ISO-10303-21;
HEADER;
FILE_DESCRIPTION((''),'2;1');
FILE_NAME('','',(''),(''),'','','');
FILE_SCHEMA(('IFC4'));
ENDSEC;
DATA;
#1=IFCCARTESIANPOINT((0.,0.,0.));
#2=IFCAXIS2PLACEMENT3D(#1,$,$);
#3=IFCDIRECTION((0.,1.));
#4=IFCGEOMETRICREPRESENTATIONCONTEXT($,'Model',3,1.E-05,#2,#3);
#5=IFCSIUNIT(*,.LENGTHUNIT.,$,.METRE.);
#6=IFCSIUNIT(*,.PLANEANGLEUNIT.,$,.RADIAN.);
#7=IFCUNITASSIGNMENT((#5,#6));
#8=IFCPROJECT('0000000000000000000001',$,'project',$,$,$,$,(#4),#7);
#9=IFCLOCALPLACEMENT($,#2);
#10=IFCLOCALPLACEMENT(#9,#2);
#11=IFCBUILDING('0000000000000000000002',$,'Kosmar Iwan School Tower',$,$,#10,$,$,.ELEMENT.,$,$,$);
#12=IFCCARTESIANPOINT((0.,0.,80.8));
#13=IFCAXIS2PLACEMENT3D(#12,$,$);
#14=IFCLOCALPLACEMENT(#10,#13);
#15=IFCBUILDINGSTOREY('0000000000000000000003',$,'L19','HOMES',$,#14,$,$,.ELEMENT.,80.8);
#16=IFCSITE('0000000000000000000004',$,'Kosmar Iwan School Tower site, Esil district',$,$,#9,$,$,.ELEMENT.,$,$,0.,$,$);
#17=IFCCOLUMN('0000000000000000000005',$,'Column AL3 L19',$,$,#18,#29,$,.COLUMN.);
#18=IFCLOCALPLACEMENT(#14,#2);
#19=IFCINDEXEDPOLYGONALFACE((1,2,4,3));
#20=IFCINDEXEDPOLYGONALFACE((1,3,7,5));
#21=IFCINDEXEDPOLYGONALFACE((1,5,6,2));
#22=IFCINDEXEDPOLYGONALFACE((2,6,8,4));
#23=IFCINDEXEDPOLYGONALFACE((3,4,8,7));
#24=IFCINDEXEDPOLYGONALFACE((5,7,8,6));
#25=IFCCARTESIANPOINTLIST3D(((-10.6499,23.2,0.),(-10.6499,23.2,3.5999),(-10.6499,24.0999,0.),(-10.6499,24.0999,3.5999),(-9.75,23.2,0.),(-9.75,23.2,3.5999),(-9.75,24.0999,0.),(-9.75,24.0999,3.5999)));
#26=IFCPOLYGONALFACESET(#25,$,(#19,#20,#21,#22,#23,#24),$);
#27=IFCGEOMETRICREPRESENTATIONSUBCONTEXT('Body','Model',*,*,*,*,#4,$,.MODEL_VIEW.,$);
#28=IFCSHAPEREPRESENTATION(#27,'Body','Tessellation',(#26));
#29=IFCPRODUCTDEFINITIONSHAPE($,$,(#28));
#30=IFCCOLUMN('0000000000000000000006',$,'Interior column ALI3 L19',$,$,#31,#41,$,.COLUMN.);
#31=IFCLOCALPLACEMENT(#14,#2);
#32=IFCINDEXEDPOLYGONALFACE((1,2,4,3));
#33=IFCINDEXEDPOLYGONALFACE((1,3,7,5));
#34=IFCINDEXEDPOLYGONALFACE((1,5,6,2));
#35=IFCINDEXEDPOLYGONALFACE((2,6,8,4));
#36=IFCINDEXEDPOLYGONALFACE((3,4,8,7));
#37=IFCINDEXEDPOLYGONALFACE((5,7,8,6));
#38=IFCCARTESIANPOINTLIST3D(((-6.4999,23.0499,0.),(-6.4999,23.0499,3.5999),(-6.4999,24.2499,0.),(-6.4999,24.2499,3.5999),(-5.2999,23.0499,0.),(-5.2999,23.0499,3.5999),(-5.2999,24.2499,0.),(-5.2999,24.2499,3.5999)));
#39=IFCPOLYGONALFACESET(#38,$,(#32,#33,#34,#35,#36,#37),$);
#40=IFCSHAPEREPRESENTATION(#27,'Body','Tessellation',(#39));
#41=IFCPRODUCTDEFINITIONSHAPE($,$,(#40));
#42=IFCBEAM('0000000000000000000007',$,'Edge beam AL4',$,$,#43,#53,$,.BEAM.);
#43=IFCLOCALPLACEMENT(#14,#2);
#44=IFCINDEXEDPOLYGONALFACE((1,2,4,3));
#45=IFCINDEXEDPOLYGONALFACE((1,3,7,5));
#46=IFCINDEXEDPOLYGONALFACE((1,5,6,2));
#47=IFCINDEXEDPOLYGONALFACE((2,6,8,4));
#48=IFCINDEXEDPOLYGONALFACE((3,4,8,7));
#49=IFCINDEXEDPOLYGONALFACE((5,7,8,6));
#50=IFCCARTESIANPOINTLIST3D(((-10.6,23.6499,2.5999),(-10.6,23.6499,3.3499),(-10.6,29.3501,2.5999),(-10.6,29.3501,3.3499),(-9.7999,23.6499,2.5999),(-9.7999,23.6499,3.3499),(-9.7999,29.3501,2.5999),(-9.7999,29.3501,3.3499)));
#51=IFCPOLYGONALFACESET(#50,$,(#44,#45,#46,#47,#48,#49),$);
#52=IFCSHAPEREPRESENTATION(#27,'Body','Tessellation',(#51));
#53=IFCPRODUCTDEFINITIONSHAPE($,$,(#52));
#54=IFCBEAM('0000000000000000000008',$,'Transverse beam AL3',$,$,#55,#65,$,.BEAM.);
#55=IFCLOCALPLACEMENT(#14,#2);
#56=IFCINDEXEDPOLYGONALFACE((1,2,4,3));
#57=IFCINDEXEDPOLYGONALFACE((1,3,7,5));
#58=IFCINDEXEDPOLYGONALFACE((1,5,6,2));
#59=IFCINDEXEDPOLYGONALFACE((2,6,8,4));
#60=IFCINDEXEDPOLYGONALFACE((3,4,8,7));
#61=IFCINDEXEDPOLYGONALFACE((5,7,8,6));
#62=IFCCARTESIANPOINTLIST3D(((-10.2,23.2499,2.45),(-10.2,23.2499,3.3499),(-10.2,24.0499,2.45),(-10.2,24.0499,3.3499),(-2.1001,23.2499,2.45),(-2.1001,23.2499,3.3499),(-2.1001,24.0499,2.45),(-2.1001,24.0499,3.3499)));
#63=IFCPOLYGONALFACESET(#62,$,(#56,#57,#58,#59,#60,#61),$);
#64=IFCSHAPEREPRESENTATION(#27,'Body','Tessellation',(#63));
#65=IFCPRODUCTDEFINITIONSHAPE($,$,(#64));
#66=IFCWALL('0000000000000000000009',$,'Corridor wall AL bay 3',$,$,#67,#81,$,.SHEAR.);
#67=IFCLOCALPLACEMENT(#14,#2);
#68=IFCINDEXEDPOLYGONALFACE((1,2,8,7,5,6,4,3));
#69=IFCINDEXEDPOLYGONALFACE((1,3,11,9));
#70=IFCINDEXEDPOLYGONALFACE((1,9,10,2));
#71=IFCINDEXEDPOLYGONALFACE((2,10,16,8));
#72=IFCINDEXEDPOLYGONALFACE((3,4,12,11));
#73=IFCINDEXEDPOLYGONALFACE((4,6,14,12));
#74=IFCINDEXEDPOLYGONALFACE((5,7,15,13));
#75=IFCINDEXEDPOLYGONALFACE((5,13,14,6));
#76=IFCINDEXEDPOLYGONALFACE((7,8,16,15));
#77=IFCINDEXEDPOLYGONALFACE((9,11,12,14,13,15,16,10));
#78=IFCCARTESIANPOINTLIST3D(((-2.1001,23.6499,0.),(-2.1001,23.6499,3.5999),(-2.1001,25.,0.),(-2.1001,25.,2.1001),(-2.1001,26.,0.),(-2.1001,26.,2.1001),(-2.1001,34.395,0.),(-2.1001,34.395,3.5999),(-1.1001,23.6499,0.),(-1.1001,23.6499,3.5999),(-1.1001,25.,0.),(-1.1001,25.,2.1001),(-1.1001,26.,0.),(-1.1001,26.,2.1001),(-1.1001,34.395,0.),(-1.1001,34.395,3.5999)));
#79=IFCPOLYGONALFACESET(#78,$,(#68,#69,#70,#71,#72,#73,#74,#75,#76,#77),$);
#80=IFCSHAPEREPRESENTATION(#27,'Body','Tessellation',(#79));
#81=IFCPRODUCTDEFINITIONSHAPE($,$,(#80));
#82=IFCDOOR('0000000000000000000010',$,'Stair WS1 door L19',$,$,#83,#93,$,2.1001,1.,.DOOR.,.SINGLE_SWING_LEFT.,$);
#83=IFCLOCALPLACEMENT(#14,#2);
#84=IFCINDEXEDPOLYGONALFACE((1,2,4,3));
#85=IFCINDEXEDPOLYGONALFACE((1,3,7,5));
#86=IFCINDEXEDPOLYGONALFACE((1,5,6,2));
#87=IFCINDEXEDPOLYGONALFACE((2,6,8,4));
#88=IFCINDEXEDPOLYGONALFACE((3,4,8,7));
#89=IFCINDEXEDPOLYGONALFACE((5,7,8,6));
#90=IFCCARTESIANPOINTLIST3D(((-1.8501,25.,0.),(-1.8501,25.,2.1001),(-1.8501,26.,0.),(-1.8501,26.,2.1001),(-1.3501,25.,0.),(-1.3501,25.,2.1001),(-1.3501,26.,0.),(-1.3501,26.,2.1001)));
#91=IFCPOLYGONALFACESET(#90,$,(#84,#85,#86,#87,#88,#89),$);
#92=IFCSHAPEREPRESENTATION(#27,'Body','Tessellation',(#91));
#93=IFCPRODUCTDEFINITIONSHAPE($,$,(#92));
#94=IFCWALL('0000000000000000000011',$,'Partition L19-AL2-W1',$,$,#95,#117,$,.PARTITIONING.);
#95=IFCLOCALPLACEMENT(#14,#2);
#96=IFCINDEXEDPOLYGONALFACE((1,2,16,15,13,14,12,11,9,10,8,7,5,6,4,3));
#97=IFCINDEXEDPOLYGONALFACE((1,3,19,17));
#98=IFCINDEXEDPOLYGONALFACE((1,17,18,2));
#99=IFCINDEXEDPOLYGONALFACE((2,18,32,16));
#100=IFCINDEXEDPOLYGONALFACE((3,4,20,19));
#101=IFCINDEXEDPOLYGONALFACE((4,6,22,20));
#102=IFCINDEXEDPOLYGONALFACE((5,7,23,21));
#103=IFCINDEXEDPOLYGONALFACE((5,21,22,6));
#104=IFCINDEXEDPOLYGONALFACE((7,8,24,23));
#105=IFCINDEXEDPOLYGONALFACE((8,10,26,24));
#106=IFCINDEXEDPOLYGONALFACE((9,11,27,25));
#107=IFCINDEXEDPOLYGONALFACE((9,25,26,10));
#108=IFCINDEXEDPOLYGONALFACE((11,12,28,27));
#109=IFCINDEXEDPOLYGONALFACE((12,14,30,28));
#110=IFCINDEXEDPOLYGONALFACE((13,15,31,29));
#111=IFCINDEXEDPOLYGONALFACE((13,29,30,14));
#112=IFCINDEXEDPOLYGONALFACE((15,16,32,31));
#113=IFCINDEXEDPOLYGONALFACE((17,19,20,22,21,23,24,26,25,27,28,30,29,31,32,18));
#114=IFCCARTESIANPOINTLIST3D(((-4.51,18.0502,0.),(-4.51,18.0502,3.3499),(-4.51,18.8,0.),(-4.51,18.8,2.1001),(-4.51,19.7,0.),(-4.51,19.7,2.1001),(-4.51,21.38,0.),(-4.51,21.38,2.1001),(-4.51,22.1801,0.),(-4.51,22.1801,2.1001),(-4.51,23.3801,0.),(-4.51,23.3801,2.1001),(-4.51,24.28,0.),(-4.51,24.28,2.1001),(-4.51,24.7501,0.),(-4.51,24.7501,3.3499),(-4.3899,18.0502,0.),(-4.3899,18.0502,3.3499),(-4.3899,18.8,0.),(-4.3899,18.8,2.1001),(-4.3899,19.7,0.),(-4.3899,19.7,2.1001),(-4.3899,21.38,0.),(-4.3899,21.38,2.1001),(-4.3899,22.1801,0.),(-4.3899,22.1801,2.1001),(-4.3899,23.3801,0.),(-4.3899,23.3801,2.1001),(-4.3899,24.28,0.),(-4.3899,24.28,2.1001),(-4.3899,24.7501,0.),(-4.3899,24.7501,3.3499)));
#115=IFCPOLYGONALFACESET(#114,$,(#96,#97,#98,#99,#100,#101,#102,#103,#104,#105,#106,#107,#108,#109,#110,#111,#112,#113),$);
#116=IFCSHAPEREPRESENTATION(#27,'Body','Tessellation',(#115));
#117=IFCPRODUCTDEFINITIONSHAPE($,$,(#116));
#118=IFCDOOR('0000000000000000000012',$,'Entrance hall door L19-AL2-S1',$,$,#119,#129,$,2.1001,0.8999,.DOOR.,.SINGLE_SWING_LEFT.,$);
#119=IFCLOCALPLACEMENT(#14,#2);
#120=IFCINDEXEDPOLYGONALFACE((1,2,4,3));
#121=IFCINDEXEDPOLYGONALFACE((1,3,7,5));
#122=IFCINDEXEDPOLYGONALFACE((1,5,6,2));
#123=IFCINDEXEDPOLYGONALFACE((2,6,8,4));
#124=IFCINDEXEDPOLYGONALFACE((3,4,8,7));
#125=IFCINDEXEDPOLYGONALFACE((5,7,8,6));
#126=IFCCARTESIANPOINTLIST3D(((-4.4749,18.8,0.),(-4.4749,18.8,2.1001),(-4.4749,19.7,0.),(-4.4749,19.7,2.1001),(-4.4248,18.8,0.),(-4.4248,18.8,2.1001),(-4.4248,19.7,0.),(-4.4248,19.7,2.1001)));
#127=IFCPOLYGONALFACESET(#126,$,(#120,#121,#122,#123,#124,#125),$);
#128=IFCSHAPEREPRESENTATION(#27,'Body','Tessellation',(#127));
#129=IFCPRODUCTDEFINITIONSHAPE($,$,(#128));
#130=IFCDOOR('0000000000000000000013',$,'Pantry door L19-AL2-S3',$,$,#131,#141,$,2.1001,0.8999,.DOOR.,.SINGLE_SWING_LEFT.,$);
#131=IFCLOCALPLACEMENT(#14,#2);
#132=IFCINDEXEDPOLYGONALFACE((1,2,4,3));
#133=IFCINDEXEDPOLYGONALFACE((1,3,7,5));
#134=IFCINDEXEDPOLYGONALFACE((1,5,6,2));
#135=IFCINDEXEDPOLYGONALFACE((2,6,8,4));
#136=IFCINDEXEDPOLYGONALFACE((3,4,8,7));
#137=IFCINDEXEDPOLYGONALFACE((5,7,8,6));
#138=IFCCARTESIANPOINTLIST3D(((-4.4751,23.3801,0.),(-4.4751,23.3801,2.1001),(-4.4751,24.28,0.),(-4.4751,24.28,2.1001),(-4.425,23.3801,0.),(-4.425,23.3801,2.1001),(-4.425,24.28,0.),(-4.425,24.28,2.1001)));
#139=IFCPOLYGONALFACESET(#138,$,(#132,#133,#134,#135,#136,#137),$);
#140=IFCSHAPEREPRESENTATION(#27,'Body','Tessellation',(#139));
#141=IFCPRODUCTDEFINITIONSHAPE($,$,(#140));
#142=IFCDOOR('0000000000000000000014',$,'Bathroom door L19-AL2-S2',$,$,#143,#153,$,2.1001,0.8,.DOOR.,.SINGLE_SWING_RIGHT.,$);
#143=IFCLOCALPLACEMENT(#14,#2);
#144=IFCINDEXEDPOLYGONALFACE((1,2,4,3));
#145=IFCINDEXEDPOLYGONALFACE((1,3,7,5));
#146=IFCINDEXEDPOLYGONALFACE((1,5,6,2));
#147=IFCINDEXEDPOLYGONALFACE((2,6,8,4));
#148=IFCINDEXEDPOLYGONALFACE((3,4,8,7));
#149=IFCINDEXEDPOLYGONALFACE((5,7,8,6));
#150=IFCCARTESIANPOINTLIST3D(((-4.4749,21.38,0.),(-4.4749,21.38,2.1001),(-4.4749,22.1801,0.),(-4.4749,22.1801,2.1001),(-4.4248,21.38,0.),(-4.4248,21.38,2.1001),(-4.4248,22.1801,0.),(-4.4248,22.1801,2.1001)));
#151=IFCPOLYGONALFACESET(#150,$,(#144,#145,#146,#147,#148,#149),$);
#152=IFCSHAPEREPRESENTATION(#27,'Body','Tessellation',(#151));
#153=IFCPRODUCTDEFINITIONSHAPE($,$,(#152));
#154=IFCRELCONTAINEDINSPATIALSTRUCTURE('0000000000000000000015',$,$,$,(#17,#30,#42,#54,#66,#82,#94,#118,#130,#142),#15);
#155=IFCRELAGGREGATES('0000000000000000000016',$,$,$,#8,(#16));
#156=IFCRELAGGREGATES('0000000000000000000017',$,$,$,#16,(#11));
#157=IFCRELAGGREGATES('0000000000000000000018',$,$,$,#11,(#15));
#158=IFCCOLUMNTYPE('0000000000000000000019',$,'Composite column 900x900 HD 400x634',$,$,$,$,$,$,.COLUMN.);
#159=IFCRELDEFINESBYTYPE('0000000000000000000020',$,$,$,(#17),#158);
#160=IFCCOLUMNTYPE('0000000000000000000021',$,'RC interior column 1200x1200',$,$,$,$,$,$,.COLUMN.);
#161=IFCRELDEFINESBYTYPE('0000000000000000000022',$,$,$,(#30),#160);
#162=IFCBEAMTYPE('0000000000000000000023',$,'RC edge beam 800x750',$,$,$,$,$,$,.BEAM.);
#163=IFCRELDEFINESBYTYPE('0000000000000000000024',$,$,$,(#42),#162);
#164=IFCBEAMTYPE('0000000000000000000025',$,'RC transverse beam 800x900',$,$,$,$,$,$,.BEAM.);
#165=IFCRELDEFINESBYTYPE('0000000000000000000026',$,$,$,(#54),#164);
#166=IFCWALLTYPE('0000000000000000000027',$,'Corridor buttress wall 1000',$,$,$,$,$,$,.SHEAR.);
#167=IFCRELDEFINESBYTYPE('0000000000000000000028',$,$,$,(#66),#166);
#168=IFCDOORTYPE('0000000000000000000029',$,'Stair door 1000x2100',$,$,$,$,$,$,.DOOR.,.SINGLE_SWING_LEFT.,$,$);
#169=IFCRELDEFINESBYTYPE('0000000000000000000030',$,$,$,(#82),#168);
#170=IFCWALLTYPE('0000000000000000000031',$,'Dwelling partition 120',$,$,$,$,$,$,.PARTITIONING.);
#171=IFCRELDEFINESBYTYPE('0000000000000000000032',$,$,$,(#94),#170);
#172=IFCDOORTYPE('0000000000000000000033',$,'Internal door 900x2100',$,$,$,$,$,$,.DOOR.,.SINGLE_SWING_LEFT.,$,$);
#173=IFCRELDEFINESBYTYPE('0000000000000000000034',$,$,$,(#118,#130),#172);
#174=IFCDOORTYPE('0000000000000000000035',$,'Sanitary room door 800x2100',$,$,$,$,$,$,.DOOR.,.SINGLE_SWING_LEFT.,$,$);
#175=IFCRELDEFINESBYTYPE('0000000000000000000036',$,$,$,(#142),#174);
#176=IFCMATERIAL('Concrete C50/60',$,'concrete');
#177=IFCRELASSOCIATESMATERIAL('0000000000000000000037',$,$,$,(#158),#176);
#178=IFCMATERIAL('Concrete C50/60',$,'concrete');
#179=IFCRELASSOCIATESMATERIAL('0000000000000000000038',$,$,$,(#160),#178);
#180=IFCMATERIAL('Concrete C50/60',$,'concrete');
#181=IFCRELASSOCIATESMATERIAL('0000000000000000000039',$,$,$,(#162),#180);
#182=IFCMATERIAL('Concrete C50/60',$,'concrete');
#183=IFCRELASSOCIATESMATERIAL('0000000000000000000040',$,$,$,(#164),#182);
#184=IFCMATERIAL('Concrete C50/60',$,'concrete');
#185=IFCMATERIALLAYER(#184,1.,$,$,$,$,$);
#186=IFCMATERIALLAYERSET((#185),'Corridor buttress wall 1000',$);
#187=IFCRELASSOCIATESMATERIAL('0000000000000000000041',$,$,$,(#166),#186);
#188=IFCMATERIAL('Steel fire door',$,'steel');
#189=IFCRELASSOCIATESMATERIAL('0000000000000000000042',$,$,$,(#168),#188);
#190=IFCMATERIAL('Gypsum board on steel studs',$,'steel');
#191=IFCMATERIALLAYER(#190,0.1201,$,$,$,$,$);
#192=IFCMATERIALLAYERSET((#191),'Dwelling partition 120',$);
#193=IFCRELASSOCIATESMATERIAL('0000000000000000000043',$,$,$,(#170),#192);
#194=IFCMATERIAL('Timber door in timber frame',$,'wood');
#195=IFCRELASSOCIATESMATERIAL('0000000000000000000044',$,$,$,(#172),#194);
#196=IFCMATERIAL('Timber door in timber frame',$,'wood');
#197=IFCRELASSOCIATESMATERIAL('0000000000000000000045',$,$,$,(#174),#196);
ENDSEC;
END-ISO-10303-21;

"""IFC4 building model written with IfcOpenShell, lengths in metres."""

from ifc_helpers import new_model, si_unit, direction, frame, frame_2d, origin, origin_2d, place, context, subcontext, project, spatial, rectangle, extrude, material, layer, layer_set, material_profile, profile_set, type_object, element, fill, save


model = new_model("IFC4")

# Units and contexts
model_context = context("Model", 3, precision=1e-05, world=origin(), true_north=direction((0.0, 1.0)))
body_context = subcontext(model_context, "Body", "Model", "MODEL_VIEW")
ifc_project = project(units=[si_unit("LENGTHUNIT", "METRE"), si_unit("PLANEANGLEUNIT", "RADIAN")], contexts=[model_context])

# Site, building, storey
site_placement = place(None, origin())
site = spatial("IfcSite", under=ifc_project, at=site_placement, Name="Kosmar Iwan School Tower site, Esil district", CompositionType="ELEMENT", RefElevation=0.0)
building_placement = place(site_placement, origin())
building = spatial("IfcBuilding", under=site, at=building_placement, Name="Kosmar Iwan School Tower", CompositionType="ELEMENT")
storey_placement = place(building_placement, frame((0.0, 0.0, 80.8)))
storey = spatial("IfcBuildingStorey", under=building, at=storey_placement, Name="L19", Description="HOMES", CompositionType="ELEMENT", Elevation=80.8)

# Columns
ifc_material_1 = material(Name="Concrete C50/60", Category="concrete")
ifc_material_profile_1 = material_profile(ifc_material_1, rectangle(XDim=0.8999, YDim=0.8999, at=origin_2d()), Name="RC 900x900 + HD 400x634")
ifc_profile_set_1 = profile_set([ifc_material_profile_1], Name="Concrete C50/60")
column_type_1 = type_object("IfcColumnType", Name="Composite column 900x900 HD 400x634", PredefinedType="COLUMN", material=ifc_profile_set_1)
column_1_placement = place(storey_placement, frame((-10.2, 23.6499, 0.0), z_axis=(0.0, 0.0, 1.0), x_axis=(0.0, 1.0, 0.0)))
element("IfcColumn", 1, at=column_1_placement, inside=storey, type_object=column_type_1, Name="Column AL3 L19", PredefinedType="COLUMN", context=body_context, shape_type="SweptSolid", body=[
    extrude(rectangle(XDim=0.8999, YDim=0.8999, at=origin_2d()), origin(), (0.0, 0.0, 1.0), 3.5999),
])
ifc_material_2 = material(Name="Concrete C50/60", Category="concrete")
ifc_material_profile_2 = material_profile(ifc_material_2, rectangle(XDim=1.2, YDim=1.2, at=origin_2d()), Name="RC 1200x1200")
ifc_profile_set_2 = profile_set([ifc_material_profile_2], Name="Concrete C50/60")
column_type_2 = type_object("IfcColumnType", Name="RC interior column 1200x1200", PredefinedType="COLUMN", material=ifc_profile_set_2)
column_2_placement = place(storey_placement, frame((-5.8999, 23.6499, 0.0), z_axis=(0.0, 0.0, 1.0), x_axis=(0.0, 1.0, 0.0)))
element("IfcColumn", 2, at=column_2_placement, inside=storey, type_object=column_type_2, Name="Interior column ALI3 L19", PredefinedType="COLUMN", context=body_context, shape_type="SweptSolid", body=[
    extrude(rectangle(XDim=1.2, YDim=1.2, at=origin_2d()), origin(), (0.0, 0.0, 1.0), 3.5999),
])

# Beams
ifc_material_3 = material(Name="Concrete C50/60", Category="concrete")
ifc_material_profile_3 = material_profile(ifc_material_3, rectangle(XDim=0.8, YDim=0.75, at=origin_2d()), Name="RC 800x750")
ifc_profile_set_3 = profile_set([ifc_material_profile_3], Name="Concrete C50/60")
beam_type_1 = type_object("IfcBeamType", Name="RC edge beam 800x750", PredefinedType="BEAM", material=ifc_profile_set_3)
beam_1_placement = place(storey_placement, frame((-10.2, 23.6499, 2.9749), z_axis=(0.0, 1.0, 0.0), x_axis=(-1.0, 0.0, 0.0)))
element("IfcBeam", 3, at=beam_1_placement, inside=storey, type_object=beam_type_1, Name="Edge beam AL4", PredefinedType="BEAM", context=body_context, shape_type="SweptSolid", body=[
    extrude(rectangle(XDim=0.8, YDim=0.75, at=origin_2d()), origin(), (0.0, 0.0, 1.0), 5.7002),
])
ifc_material_4 = material(Name="Concrete C50/60", Category="concrete")
ifc_material_profile_4 = material_profile(ifc_material_4, rectangle(XDim=0.8, YDim=0.8999, at=origin_2d()), Name="RC 800x900")
ifc_profile_set_4 = profile_set([ifc_material_profile_4], Name="Concrete C50/60")
beam_type_2 = type_object("IfcBeamType", Name="RC transverse beam 800x900", PredefinedType="BEAM", material=ifc_profile_set_4)
beam_2_placement = place(storey_placement, frame((-10.2, 23.6499, 2.8999), z_axis=(1.0, 0.0, 0.0), x_axis=(0.0, 1.0, 0.0)))
element("IfcBeam", 4, at=beam_2_placement, inside=storey, type_object=beam_type_2, Name="Transverse beam AL3", PredefinedType="BEAM", context=body_context, shape_type="SweptSolid", body=[
    extrude(rectangle(XDim=0.8, YDim=0.8999, at=origin_2d()), origin(), (0.0, 0.0, 1.0), 8.0999),
])

# Wall, opening, door
ifc_material_5 = material(Name="Concrete C50/60", Category="concrete")
ifc_layer_1 = layer(ifc_material_5, 1.0)
ifc_layer_set_1 = layer_set([ifc_layer_1], Name="Corridor buttress wall 1000")
wall_type_1 = type_object("IfcWallType", Name="Corridor buttress wall 1000", PredefinedType="SHEAR", material=ifc_layer_set_1)
wall_1_placement = place(storey_placement, frame((-1.6001, 23.6499, 0.0), z_axis=(0.0, 0.0, 1.0), x_axis=(0.0, 1.0, 0.0)))
wall_1 = element("IfcWall", 5, at=wall_1_placement, inside=storey, type_object=wall_type_1, Name="Corridor wall AL bay 3", PredefinedType="SHEAR", context=body_context, shape_type="SweptSolid", body=[
    extrude(rectangle(XDim=10.7451, YDim=1.0, at=frame_2d((5.3726, 0.0))), origin(), (0.0, 0.0, 1.0), 3.5999),
])
opening_1_placement = place(wall_1_placement, frame((1.3501, 0.0, 0.0)))
opening_1 = element("IfcOpeningElement", 6, at=opening_1_placement, cuts=wall_1, PredefinedType="OPENING", context=body_context, shape_type="SweptSolid", body=[
    extrude(rectangle(XDim=1.0, YDim=2.1001, at=frame_2d((0.5, 1.05))), frame((0.0, 0.512, 0.0), z_axis=(0.0, -1.0, 0.0), x_axis=(1.0, 0.0, 0.0)), (0.0, 0.0, 1.0), 1.0239),
])
ifc_material_6 = material(Name="Steel fire door", Category="steel")
door_type_1 = type_object("IfcDoorType", Name="Stair door 1000x2100", OperationType="SINGLE_SWING_LEFT", PredefinedType="DOOR", material=ifc_material_6)
door_1_placement = place(opening_1_placement, origin())
door_1 = element("IfcDoor", 7, at=door_1_placement, inside=storey, type_object=door_type_1, Name="Stair WS1 door L19", OperationType="SINGLE_SWING_LEFT", OverallHeight=2.1001, OverallWidth=1.0, PredefinedType="DOOR", context=body_context, shape_type="SweptSolid", body=[
    extrude(rectangle(XDim=1.0, YDim=2.1001, at=frame_2d((0.5, 1.05))), frame((0.0, 0.25, 0.0), z_axis=(0.0, -1.0, 0.0), x_axis=(1.0, 0.0, 0.0)), (0.0, 0.0, 1.0), 0.5),
])
fill(opening_1, door_1)

# Wall, openings, doors
ifc_material_7 = material(Name="Gypsum board on steel studs", Category="steel")
ifc_layer_2 = layer(ifc_material_7, 0.1201)
ifc_layer_set_2 = layer_set([ifc_layer_2], Name="Dwelling partition 120")
wall_type_2 = type_object("IfcWallType", Name="Dwelling partition 120", PredefinedType="PARTITIONING", material=ifc_layer_set_2)
wall_2_placement = place(storey_placement, frame((-4.45, 18.05, 0.0), z_axis=(0.0, 0.0, 1.0), x_axis=(0.0, 1.0, 0.0)))
wall_2 = element("IfcWall", 8, at=wall_2_placement, inside=storey, type_object=wall_type_2, Name="Partition L19-AL2-W1", PredefinedType="PARTITIONING", context=body_context, shape_type="SweptSolid", body=[
    extrude(rectangle(XDim=6.7, YDim=0.1201, at=frame_2d((3.3501, 0.0))), origin(), (0.0, 0.0, 1.0), 3.3499),
])
opening_2_placement = place(wall_2_placement, frame((0.75, 0.0, 0.0)))
opening_2 = element("IfcOpeningElement", 9, at=opening_2_placement, cuts=wall_2, PredefinedType="OPENING", context=body_context, shape_type="SweptSolid", body=[
    extrude(rectangle(XDim=0.8999, YDim=2.1001, at=frame_2d((0.45, 1.05))), frame((0.0, 0.072, 0.0), z_axis=(0.0, -1.0, 0.0), x_axis=(1.0, 0.0, 0.0)), (0.0, 0.0, 1.0), 0.144),
])
opening_3_placement = place(wall_2_placement, frame((3.3301, 0.0, 0.0)))
opening_3 = element("IfcOpeningElement", 10, at=opening_3_placement, cuts=wall_2, PredefinedType="OPENING", context=body_context, shape_type="SweptSolid", body=[
    extrude(rectangle(XDim=0.8, YDim=2.1001, at=frame_2d((0.3999, 1.05))), frame((0.0, 0.072, 0.0), z_axis=(0.0, -1.0, 0.0), x_axis=(1.0, 0.0, 0.0)), (0.0, 0.0, 1.0), 0.144),
])
opening_4_placement = place(wall_2_placement, frame((5.3301, 0.0, 0.0)))
opening_4 = element("IfcOpeningElement", 11, at=opening_4_placement, cuts=wall_2, PredefinedType="OPENING", context=body_context, shape_type="SweptSolid", body=[
    extrude(rectangle(XDim=0.8999, YDim=2.1001, at=frame_2d((0.45, 1.05))), frame((0.0, 0.072, 0.0), z_axis=(0.0, -1.0, 0.0), x_axis=(1.0, 0.0, 0.0)), (0.0, 0.0, 1.0), 0.144),
])
ifc_material_8 = material(Name="Timber door in timber frame", Category="wood")
door_type_2 = type_object("IfcDoorType", Name="Internal door 900x2100", OperationType="SINGLE_SWING_LEFT", PredefinedType="DOOR", material=ifc_material_8)
door_2_placement = place(opening_2_placement, origin())
door_2 = element("IfcDoor", 12, at=door_2_placement, inside=storey, type_object=door_type_2, Name="Entrance hall door L19-AL2-S1", OperationType="SINGLE_SWING_LEFT", OverallHeight=2.1001, OverallWidth=0.8999, PredefinedType="DOOR", context=body_context, shape_type="SweptSolid", body=[
    extrude(rectangle(XDim=0.8999, YDim=2.1001, at=frame_2d((0.45, 1.05))), frame((0.0, 0.0249, 0.0), z_axis=(0.0, -1.0, 0.0), x_axis=(1.0, 0.0, 0.0)), (0.0, 0.0, 1.0), 0.05),
])
fill(opening_2, door_2)
door_3_placement = place(opening_4_placement, frame((0.8999, 0.0, 0.0), z_axis=(0.0, 0.0, 1.0), x_axis=(-1.0, 0.0, 0.0)))
door_3 = element("IfcDoor", 13, at=door_3_placement, inside=storey, type_object=door_type_2, Name="Pantry door L19-AL2-S3", OperationType="SINGLE_SWING_LEFT", OverallHeight=2.1001, OverallWidth=0.8999, PredefinedType="DOOR", context=body_context, shape_type="SweptSolid", body=[
    extrude(rectangle(XDim=0.8999, YDim=2.1001, at=frame_2d((0.45, 1.05))), frame((0.0, 0.0249, 0.0), z_axis=(0.0, -1.0, 0.0), x_axis=(1.0, 0.0, 0.0)), (0.0, 0.0, 1.0), 0.05),
])
fill(opening_4, door_3)
ifc_material_9 = material(Name="Timber door in timber frame", Category="wood")
door_type_3 = type_object("IfcDoorType", Name="Sanitary room door 800x2100", OperationType="SINGLE_SWING_LEFT", PredefinedType="DOOR", material=ifc_material_9)
door_4_placement = place(opening_3_placement, origin())
door_4 = element("IfcDoor", 14, at=door_4_placement, inside=storey, type_object=door_type_3, Name="Bathroom door L19-AL2-S2", OperationType="SINGLE_SWING_RIGHT", OverallHeight=2.1001, OverallWidth=0.8, PredefinedType="DOOR", context=body_context, shape_type="SweptSolid", body=[
    extrude(rectangle(XDim=0.8, YDim=2.1001, at=frame_2d((0.3999, 1.05))), frame((0.0, 0.0249, 0.0), z_axis=(0.0, -1.0, 0.0), x_axis=(1.0, 0.0, 0.0)), (0.0, 0.0, 1.0), 0.05),
])
fill(opening_3, door_4)

save(model, "model.ifc")
